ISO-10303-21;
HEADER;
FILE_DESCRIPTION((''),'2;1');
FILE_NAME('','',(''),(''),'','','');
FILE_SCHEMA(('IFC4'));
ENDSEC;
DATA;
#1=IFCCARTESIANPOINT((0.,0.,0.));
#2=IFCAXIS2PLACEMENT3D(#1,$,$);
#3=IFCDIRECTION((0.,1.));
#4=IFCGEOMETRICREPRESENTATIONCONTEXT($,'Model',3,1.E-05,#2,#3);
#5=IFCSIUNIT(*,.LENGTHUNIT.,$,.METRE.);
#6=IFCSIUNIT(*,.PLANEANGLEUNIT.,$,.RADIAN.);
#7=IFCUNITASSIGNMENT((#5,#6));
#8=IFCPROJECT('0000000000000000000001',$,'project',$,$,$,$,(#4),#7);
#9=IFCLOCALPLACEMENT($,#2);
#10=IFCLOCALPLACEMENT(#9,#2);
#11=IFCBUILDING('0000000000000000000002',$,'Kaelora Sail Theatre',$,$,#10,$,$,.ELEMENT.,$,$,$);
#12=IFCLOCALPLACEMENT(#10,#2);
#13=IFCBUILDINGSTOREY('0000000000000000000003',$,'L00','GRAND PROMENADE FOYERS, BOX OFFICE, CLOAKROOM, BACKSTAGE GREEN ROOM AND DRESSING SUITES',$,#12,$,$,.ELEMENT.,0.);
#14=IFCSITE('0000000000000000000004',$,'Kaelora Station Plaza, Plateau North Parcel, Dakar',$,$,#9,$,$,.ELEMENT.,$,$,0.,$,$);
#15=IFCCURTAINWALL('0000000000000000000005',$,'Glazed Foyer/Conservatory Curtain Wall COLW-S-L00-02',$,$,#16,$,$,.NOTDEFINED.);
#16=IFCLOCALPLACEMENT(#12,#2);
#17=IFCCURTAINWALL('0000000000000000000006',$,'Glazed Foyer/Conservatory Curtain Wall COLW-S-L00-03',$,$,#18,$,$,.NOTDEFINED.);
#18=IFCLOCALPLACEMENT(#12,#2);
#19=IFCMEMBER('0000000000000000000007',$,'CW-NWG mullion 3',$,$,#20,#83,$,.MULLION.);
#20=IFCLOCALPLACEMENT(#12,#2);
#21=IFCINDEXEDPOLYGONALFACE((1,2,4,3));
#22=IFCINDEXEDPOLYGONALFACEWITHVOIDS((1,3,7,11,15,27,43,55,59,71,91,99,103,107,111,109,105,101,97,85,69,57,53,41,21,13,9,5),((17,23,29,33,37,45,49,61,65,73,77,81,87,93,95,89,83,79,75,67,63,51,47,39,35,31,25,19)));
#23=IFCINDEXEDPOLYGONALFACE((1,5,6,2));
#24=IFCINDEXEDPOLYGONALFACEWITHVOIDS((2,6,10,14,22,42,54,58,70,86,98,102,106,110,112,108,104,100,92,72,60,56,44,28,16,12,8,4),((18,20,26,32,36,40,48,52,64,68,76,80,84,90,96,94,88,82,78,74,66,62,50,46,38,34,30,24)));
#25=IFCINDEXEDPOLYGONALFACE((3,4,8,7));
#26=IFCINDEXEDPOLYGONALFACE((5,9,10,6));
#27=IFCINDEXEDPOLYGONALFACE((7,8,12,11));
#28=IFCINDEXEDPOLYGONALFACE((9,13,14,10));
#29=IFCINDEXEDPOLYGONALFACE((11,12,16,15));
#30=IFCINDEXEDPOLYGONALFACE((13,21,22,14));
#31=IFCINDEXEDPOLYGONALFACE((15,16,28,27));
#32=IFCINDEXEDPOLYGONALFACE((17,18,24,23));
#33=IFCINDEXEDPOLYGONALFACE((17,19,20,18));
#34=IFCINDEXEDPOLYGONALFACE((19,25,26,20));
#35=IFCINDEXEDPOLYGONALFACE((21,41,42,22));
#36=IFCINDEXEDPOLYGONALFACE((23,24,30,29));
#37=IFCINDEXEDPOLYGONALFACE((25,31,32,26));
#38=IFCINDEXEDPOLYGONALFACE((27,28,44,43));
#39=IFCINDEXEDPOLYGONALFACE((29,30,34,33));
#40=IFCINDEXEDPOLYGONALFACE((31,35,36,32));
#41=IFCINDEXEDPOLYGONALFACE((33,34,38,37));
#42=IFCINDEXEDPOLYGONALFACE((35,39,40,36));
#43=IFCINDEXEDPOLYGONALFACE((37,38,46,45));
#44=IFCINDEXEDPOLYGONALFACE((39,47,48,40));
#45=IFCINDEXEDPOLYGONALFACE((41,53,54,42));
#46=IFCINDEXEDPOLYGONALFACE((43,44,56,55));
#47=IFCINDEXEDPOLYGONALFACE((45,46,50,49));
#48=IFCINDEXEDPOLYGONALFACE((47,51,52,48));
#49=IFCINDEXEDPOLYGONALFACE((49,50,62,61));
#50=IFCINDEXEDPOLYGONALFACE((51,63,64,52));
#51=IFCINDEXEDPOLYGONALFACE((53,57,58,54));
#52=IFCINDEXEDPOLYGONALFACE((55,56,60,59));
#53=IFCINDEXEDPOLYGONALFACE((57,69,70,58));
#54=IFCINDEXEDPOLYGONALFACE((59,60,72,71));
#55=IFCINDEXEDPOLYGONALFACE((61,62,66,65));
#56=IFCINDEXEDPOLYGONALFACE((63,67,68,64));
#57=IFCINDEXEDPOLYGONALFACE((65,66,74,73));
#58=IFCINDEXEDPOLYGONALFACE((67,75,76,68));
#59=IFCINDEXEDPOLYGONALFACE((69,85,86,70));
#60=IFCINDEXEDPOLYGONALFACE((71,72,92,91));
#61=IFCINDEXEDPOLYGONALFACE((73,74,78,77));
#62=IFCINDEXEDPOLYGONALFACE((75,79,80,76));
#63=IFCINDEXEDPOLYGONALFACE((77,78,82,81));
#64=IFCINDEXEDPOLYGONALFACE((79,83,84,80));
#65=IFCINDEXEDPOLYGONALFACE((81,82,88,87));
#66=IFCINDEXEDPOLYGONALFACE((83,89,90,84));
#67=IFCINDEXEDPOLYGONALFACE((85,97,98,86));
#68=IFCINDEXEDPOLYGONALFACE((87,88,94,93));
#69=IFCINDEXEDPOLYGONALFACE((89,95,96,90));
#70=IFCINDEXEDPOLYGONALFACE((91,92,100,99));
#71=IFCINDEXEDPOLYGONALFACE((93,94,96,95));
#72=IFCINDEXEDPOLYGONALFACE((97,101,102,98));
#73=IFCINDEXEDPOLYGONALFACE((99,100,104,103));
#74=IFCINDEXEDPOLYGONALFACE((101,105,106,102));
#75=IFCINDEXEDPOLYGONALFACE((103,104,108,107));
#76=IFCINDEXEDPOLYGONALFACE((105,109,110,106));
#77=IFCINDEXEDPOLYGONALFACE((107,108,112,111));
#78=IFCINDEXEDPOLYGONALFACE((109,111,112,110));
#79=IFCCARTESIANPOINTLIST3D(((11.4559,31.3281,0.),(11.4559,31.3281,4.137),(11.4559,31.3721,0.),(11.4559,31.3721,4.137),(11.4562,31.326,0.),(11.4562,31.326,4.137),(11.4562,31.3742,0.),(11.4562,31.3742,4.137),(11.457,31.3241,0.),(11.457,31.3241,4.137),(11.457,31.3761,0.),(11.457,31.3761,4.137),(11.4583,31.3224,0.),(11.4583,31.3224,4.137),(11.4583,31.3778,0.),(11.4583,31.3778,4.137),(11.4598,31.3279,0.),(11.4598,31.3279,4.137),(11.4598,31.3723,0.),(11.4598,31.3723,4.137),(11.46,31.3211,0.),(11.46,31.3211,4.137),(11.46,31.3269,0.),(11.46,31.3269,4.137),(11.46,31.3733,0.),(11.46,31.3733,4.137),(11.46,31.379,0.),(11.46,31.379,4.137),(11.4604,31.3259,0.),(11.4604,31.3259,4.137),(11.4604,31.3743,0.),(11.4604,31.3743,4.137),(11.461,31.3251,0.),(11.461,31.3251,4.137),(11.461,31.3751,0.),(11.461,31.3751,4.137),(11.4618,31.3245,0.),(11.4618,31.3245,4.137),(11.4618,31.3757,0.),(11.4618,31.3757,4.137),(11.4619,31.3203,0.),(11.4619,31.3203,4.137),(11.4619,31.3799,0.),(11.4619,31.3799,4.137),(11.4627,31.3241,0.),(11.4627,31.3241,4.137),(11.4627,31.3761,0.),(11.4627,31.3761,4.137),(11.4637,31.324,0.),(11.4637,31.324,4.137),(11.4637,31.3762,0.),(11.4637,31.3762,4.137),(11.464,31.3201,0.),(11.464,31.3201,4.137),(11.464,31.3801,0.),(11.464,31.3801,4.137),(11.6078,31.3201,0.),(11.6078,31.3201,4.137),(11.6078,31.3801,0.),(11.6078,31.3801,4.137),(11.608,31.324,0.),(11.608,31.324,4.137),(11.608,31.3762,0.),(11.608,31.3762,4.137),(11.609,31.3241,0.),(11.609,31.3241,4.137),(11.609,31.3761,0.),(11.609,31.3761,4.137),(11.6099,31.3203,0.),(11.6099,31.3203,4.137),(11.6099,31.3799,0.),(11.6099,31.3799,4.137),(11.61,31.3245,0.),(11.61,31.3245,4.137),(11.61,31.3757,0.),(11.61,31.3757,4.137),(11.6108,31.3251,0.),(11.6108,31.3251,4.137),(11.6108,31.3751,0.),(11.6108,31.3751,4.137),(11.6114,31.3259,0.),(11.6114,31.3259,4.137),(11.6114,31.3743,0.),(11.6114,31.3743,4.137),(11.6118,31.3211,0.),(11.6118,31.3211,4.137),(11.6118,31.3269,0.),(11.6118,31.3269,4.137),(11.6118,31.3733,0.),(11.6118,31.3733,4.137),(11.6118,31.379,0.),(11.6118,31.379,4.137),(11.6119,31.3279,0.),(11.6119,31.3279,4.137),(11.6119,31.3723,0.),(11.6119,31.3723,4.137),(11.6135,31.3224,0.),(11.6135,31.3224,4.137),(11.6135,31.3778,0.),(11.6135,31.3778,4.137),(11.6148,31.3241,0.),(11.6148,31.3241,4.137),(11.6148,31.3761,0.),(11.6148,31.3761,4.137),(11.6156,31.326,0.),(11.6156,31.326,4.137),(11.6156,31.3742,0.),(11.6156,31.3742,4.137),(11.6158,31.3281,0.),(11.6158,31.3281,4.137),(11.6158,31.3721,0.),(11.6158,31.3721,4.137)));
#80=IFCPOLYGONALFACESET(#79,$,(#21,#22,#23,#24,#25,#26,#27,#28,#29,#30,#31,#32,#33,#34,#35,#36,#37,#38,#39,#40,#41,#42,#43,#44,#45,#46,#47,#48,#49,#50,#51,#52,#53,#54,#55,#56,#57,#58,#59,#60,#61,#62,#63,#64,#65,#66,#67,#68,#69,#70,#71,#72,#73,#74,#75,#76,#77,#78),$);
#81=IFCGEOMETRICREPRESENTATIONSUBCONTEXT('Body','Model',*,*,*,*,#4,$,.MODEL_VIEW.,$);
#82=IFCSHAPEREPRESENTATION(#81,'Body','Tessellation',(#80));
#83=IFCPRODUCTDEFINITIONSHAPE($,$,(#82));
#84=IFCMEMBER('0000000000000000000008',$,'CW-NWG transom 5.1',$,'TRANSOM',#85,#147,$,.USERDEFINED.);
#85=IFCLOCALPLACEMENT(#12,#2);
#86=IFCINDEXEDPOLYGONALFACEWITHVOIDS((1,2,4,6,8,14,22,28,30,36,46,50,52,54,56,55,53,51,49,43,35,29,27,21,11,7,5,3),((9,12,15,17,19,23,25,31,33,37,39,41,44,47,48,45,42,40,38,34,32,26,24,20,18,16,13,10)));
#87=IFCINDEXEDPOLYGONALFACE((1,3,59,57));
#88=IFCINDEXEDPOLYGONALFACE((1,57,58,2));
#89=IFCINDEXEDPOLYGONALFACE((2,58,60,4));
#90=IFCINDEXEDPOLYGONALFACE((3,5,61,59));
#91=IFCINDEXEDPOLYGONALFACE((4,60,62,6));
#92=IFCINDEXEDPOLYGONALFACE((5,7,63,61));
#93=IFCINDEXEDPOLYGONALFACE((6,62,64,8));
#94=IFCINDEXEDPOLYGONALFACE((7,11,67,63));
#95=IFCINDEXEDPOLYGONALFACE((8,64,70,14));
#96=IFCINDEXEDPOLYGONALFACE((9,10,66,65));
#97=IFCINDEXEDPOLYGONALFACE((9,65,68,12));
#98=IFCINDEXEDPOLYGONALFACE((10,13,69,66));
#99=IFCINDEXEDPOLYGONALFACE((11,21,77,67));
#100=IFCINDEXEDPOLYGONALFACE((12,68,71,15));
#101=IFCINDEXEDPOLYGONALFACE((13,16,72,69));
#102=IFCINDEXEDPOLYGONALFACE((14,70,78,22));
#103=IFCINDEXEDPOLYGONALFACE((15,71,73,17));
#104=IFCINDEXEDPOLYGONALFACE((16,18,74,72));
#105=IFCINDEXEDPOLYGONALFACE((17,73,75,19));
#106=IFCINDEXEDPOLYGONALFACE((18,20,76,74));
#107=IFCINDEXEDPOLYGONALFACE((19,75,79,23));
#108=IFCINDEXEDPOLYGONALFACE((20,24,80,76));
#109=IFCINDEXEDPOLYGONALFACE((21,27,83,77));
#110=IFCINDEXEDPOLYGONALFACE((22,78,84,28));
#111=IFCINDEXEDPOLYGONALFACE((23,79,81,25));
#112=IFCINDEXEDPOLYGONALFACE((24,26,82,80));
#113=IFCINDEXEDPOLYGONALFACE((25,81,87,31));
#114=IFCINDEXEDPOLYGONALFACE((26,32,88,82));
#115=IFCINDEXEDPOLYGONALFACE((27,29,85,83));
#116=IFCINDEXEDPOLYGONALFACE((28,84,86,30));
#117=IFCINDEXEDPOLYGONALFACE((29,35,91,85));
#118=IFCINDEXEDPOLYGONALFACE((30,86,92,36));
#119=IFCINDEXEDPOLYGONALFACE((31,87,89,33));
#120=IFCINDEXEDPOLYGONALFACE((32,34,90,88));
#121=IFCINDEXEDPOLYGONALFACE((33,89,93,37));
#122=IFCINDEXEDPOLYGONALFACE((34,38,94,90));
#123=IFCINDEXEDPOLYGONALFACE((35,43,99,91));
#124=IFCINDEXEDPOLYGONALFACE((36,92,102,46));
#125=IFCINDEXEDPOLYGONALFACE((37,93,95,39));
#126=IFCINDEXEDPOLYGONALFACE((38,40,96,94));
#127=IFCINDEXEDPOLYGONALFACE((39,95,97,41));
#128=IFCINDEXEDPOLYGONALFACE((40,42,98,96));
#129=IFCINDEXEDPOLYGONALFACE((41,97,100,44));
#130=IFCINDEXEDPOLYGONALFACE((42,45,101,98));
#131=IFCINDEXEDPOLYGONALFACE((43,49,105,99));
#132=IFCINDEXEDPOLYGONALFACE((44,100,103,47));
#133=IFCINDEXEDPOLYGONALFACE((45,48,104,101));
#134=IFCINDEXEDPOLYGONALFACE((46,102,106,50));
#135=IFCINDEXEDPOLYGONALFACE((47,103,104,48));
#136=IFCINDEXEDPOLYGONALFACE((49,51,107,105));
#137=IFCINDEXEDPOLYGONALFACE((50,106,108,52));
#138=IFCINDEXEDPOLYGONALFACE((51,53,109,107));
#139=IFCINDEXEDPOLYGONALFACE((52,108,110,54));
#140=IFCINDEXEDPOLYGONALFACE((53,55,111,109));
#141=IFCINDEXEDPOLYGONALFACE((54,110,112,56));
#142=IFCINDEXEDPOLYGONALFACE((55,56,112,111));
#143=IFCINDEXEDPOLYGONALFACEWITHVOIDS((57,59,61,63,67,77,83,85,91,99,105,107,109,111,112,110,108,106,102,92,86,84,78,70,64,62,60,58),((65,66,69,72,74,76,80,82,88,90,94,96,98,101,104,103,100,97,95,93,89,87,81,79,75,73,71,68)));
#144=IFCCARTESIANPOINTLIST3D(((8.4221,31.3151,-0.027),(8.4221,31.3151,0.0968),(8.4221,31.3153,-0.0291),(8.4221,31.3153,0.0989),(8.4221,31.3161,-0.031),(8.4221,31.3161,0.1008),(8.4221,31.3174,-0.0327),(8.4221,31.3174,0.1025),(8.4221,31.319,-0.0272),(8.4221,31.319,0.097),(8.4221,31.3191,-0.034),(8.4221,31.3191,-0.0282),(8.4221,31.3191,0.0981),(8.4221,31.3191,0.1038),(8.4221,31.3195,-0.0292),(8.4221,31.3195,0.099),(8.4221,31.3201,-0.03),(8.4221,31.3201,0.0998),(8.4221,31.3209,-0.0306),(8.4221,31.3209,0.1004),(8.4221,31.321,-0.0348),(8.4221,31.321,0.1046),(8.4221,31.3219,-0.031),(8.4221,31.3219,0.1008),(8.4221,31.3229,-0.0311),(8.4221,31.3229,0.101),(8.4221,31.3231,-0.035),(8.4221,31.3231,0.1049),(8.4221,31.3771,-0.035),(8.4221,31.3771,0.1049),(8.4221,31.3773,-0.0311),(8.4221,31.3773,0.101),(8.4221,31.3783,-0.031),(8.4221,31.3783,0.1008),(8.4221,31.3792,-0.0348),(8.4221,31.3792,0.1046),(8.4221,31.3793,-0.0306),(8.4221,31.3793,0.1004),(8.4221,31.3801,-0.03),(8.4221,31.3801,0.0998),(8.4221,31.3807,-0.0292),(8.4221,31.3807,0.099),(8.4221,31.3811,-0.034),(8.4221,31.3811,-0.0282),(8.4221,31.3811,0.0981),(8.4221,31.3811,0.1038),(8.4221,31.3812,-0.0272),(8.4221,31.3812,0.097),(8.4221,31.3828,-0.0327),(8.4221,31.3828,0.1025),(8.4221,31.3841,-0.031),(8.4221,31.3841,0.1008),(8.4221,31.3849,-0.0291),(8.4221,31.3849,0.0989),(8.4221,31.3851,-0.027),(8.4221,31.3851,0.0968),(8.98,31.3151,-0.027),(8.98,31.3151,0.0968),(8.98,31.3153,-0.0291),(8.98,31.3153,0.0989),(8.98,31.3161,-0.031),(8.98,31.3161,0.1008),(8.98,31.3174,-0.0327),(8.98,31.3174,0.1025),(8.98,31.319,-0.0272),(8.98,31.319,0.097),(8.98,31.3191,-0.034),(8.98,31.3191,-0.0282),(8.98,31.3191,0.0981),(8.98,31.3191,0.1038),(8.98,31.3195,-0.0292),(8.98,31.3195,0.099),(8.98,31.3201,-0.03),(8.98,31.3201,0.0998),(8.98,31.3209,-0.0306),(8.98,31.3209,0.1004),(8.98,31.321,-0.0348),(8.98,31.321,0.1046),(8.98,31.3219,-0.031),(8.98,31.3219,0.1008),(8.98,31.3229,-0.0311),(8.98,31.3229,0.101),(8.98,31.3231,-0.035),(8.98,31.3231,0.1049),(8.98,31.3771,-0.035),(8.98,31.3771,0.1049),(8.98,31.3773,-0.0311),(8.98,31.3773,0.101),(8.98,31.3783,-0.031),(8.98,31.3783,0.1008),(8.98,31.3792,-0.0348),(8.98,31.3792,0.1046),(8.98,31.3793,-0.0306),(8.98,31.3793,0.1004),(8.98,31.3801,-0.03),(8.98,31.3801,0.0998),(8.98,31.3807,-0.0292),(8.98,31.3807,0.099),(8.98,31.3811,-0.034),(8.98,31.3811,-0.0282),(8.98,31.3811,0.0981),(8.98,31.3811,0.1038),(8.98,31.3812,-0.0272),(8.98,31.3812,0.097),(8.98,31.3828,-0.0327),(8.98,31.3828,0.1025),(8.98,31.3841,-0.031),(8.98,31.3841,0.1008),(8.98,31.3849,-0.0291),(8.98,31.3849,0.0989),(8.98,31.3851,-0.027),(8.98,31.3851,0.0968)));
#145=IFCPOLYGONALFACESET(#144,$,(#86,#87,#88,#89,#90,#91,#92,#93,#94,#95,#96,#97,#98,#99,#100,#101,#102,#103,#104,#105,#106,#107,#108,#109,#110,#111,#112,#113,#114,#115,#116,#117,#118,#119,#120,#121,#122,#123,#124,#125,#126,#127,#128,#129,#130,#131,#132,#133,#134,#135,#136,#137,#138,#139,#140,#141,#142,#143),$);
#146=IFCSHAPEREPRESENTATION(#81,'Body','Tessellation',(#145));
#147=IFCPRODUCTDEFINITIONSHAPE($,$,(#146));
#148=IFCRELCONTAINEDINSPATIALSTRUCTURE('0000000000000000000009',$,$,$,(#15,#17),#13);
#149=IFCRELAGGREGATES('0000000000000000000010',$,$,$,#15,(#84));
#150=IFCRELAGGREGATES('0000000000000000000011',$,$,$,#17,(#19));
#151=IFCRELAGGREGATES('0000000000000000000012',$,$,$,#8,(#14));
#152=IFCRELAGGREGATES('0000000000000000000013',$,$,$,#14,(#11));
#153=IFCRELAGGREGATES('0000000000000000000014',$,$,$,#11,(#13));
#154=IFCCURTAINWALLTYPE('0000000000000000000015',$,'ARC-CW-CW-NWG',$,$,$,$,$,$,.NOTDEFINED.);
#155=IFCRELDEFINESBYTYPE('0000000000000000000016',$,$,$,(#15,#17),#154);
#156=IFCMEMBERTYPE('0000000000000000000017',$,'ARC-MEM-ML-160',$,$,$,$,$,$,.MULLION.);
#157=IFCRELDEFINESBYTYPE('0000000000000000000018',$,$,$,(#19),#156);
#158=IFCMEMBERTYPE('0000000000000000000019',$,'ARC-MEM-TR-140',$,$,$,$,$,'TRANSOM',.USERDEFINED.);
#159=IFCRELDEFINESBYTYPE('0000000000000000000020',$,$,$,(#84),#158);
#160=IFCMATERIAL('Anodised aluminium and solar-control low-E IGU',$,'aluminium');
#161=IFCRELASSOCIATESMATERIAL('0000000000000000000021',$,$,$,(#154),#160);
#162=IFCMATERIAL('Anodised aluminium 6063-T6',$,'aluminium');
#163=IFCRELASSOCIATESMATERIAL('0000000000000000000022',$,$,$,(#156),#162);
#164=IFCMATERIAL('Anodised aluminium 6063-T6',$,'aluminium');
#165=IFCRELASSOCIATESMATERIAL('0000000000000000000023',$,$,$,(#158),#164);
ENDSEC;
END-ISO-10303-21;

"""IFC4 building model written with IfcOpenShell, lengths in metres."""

from ifc_helpers import new_model, si_unit, direction, frame, origin, origin_2d, place, context, subcontext, project, spatial, hollow_rectangle, extrude, material, material_profile, profile_set, type_object, element, aggregate, save


model = new_model("IFC4")

# Units and contexts
model_context = context("Model", 3, precision=1e-05, world=origin(), true_north=direction((0.0, 1.0)))
body_context = subcontext(model_context, "Body", "Model", "MODEL_VIEW")
ifc_project = project(units=[si_unit("LENGTHUNIT", "METRE"), si_unit("PLANEANGLEUNIT", "RADIAN")], contexts=[model_context])

# Site, building, storey
site_placement = place(None, origin())
site = spatial("IfcSite", under=ifc_project, at=site_placement, Name="Kaelora Station Plaza, Plateau North Parcel, Dakar", CompositionType="ELEMENT", RefElevation=0.0)
building_placement = place(site_placement, origin())
building = spatial("IfcBuilding", under=site, at=building_placement, Name="Kaelora Sail Theatre", CompositionType="ELEMENT")
storey_placement = place(building_placement, origin())
storey = spatial("IfcBuildingStorey", under=building, at=storey_placement, Name="L00", Description="GRAND PROMENADE FOYERS, BOX OFFICE, CLOAKROOM, BACKSTAGE GREEN ROOM AND DRESSING SUITES", CompositionType="ELEMENT", Elevation=0.0)

# Curtain walls, member
ifc_material_1 = material(Name="Anodised aluminium and solar-control low-E IGU", Category="aluminium")
curtain_wall_type = type_object("IfcCurtainWallType", Name="ARC-CW-CW-NWG", PredefinedType="NOTDEFINED", material=ifc_material_1)
curtain_wall_1_placement = place(storey_placement, origin())
curtain_wall_1 = element("IfcCurtainWall", 1, at=curtain_wall_1_placement, inside=storey, type_object=curtain_wall_type, Name="Glazed Foyer/Conservatory Curtain Wall COLW-S-L00-02", PredefinedType="NOTDEFINED")
ifc_material_2 = material(Name="Anodised aluminium 6063-T6", Category="aluminium")
ifc_material_profile_1 = material_profile(ifc_material_2, hollow_rectangle(XDim=0.0601, YDim=0.1599, WallThickness=0.0039, InnerFilletRadius=0.0039, OuterFilletRadius=0.0081, at=origin_2d()), Name="ALU-MULL 60x160x4")
ifc_profile_set_1 = profile_set([ifc_material_profile_1], Name="Anodised aluminium 6063-T6")
member_type_1 = type_object("IfcMemberType", Name="ARC-MEM-ML-160", PredefinedType="MULLION", material=ifc_profile_set_1)
curtain_wall_2_placement = place(storey_placement, origin())
curtain_wall_2 = element("IfcCurtainWall", 2, at=curtain_wall_2_placement, inside=storey, type_object=curtain_wall_type, Name="Glazed Foyer/Conservatory Curtain Wall COLW-S-L00-03", PredefinedType="NOTDEFINED")
member_1_placement = place(storey_placement, frame((11.5359, 31.3501, 0.0), z_axis=(0.0, 0.0, 1.0), x_axis=(0.0, 1.0, 0.0)))
member_1 = element("IfcMember", 3, at=member_1_placement, type_object=member_type_1, Name="CW-NWG mullion 3", PredefinedType="MULLION", context=body_context, shape_type="SweptSolid", body=[
    extrude(hollow_rectangle(XDim=0.0601, YDim=0.1599, WallThickness=0.0039, InnerFilletRadius=0.0039, OuterFilletRadius=0.0081, at=origin_2d()), origin(), (0.0, 0.0, 1.0), 4.137),
])

# Member
ifc_material_3 = material(Name="Anodised aluminium 6063-T6", Category="aluminium")
ifc_material_profile_2 = material_profile(ifc_material_3, hollow_rectangle(XDim=0.0701, YDim=0.1399, WallThickness=0.0039, InnerFilletRadius=0.0039, OuterFilletRadius=0.0081, at=origin_2d()), Name="ALU-TRAN 70x140x4")
ifc_profile_set_2 = profile_set([ifc_material_profile_2], Name="Anodised aluminium 6063-T6")
member_type_2 = type_object("IfcMemberType", Name="ARC-MEM-TR-140", ElementType="TRANSOM", PredefinedType="USERDEFINED", material=ifc_profile_set_2)
member_2_placement = place(storey_placement, frame((8.4221, 31.3501, 0.0349), z_axis=(1.0, 0.0, 0.0), x_axis=(0.0, 1.0, 0.0)))
member_2 = element("IfcMember", 4, at=member_2_placement, type_object=member_type_2, Name="CW-NWG transom 5.1", ObjectType="TRANSOM", PredefinedType="USERDEFINED", context=body_context, shape_type="SweptSolid", body=[
    extrude(hollow_rectangle(XDim=0.0701, YDim=0.1399, WallThickness=0.0039, InnerFilletRadius=0.0039, OuterFilletRadius=0.0081, at=origin_2d()), origin(), (0.0, 0.0, 1.0), 0.5579),
])

aggregate(curtain_wall_1, [member_2])
aggregate(curtain_wall_2, [member_1])

save(model, "model.ifc")
